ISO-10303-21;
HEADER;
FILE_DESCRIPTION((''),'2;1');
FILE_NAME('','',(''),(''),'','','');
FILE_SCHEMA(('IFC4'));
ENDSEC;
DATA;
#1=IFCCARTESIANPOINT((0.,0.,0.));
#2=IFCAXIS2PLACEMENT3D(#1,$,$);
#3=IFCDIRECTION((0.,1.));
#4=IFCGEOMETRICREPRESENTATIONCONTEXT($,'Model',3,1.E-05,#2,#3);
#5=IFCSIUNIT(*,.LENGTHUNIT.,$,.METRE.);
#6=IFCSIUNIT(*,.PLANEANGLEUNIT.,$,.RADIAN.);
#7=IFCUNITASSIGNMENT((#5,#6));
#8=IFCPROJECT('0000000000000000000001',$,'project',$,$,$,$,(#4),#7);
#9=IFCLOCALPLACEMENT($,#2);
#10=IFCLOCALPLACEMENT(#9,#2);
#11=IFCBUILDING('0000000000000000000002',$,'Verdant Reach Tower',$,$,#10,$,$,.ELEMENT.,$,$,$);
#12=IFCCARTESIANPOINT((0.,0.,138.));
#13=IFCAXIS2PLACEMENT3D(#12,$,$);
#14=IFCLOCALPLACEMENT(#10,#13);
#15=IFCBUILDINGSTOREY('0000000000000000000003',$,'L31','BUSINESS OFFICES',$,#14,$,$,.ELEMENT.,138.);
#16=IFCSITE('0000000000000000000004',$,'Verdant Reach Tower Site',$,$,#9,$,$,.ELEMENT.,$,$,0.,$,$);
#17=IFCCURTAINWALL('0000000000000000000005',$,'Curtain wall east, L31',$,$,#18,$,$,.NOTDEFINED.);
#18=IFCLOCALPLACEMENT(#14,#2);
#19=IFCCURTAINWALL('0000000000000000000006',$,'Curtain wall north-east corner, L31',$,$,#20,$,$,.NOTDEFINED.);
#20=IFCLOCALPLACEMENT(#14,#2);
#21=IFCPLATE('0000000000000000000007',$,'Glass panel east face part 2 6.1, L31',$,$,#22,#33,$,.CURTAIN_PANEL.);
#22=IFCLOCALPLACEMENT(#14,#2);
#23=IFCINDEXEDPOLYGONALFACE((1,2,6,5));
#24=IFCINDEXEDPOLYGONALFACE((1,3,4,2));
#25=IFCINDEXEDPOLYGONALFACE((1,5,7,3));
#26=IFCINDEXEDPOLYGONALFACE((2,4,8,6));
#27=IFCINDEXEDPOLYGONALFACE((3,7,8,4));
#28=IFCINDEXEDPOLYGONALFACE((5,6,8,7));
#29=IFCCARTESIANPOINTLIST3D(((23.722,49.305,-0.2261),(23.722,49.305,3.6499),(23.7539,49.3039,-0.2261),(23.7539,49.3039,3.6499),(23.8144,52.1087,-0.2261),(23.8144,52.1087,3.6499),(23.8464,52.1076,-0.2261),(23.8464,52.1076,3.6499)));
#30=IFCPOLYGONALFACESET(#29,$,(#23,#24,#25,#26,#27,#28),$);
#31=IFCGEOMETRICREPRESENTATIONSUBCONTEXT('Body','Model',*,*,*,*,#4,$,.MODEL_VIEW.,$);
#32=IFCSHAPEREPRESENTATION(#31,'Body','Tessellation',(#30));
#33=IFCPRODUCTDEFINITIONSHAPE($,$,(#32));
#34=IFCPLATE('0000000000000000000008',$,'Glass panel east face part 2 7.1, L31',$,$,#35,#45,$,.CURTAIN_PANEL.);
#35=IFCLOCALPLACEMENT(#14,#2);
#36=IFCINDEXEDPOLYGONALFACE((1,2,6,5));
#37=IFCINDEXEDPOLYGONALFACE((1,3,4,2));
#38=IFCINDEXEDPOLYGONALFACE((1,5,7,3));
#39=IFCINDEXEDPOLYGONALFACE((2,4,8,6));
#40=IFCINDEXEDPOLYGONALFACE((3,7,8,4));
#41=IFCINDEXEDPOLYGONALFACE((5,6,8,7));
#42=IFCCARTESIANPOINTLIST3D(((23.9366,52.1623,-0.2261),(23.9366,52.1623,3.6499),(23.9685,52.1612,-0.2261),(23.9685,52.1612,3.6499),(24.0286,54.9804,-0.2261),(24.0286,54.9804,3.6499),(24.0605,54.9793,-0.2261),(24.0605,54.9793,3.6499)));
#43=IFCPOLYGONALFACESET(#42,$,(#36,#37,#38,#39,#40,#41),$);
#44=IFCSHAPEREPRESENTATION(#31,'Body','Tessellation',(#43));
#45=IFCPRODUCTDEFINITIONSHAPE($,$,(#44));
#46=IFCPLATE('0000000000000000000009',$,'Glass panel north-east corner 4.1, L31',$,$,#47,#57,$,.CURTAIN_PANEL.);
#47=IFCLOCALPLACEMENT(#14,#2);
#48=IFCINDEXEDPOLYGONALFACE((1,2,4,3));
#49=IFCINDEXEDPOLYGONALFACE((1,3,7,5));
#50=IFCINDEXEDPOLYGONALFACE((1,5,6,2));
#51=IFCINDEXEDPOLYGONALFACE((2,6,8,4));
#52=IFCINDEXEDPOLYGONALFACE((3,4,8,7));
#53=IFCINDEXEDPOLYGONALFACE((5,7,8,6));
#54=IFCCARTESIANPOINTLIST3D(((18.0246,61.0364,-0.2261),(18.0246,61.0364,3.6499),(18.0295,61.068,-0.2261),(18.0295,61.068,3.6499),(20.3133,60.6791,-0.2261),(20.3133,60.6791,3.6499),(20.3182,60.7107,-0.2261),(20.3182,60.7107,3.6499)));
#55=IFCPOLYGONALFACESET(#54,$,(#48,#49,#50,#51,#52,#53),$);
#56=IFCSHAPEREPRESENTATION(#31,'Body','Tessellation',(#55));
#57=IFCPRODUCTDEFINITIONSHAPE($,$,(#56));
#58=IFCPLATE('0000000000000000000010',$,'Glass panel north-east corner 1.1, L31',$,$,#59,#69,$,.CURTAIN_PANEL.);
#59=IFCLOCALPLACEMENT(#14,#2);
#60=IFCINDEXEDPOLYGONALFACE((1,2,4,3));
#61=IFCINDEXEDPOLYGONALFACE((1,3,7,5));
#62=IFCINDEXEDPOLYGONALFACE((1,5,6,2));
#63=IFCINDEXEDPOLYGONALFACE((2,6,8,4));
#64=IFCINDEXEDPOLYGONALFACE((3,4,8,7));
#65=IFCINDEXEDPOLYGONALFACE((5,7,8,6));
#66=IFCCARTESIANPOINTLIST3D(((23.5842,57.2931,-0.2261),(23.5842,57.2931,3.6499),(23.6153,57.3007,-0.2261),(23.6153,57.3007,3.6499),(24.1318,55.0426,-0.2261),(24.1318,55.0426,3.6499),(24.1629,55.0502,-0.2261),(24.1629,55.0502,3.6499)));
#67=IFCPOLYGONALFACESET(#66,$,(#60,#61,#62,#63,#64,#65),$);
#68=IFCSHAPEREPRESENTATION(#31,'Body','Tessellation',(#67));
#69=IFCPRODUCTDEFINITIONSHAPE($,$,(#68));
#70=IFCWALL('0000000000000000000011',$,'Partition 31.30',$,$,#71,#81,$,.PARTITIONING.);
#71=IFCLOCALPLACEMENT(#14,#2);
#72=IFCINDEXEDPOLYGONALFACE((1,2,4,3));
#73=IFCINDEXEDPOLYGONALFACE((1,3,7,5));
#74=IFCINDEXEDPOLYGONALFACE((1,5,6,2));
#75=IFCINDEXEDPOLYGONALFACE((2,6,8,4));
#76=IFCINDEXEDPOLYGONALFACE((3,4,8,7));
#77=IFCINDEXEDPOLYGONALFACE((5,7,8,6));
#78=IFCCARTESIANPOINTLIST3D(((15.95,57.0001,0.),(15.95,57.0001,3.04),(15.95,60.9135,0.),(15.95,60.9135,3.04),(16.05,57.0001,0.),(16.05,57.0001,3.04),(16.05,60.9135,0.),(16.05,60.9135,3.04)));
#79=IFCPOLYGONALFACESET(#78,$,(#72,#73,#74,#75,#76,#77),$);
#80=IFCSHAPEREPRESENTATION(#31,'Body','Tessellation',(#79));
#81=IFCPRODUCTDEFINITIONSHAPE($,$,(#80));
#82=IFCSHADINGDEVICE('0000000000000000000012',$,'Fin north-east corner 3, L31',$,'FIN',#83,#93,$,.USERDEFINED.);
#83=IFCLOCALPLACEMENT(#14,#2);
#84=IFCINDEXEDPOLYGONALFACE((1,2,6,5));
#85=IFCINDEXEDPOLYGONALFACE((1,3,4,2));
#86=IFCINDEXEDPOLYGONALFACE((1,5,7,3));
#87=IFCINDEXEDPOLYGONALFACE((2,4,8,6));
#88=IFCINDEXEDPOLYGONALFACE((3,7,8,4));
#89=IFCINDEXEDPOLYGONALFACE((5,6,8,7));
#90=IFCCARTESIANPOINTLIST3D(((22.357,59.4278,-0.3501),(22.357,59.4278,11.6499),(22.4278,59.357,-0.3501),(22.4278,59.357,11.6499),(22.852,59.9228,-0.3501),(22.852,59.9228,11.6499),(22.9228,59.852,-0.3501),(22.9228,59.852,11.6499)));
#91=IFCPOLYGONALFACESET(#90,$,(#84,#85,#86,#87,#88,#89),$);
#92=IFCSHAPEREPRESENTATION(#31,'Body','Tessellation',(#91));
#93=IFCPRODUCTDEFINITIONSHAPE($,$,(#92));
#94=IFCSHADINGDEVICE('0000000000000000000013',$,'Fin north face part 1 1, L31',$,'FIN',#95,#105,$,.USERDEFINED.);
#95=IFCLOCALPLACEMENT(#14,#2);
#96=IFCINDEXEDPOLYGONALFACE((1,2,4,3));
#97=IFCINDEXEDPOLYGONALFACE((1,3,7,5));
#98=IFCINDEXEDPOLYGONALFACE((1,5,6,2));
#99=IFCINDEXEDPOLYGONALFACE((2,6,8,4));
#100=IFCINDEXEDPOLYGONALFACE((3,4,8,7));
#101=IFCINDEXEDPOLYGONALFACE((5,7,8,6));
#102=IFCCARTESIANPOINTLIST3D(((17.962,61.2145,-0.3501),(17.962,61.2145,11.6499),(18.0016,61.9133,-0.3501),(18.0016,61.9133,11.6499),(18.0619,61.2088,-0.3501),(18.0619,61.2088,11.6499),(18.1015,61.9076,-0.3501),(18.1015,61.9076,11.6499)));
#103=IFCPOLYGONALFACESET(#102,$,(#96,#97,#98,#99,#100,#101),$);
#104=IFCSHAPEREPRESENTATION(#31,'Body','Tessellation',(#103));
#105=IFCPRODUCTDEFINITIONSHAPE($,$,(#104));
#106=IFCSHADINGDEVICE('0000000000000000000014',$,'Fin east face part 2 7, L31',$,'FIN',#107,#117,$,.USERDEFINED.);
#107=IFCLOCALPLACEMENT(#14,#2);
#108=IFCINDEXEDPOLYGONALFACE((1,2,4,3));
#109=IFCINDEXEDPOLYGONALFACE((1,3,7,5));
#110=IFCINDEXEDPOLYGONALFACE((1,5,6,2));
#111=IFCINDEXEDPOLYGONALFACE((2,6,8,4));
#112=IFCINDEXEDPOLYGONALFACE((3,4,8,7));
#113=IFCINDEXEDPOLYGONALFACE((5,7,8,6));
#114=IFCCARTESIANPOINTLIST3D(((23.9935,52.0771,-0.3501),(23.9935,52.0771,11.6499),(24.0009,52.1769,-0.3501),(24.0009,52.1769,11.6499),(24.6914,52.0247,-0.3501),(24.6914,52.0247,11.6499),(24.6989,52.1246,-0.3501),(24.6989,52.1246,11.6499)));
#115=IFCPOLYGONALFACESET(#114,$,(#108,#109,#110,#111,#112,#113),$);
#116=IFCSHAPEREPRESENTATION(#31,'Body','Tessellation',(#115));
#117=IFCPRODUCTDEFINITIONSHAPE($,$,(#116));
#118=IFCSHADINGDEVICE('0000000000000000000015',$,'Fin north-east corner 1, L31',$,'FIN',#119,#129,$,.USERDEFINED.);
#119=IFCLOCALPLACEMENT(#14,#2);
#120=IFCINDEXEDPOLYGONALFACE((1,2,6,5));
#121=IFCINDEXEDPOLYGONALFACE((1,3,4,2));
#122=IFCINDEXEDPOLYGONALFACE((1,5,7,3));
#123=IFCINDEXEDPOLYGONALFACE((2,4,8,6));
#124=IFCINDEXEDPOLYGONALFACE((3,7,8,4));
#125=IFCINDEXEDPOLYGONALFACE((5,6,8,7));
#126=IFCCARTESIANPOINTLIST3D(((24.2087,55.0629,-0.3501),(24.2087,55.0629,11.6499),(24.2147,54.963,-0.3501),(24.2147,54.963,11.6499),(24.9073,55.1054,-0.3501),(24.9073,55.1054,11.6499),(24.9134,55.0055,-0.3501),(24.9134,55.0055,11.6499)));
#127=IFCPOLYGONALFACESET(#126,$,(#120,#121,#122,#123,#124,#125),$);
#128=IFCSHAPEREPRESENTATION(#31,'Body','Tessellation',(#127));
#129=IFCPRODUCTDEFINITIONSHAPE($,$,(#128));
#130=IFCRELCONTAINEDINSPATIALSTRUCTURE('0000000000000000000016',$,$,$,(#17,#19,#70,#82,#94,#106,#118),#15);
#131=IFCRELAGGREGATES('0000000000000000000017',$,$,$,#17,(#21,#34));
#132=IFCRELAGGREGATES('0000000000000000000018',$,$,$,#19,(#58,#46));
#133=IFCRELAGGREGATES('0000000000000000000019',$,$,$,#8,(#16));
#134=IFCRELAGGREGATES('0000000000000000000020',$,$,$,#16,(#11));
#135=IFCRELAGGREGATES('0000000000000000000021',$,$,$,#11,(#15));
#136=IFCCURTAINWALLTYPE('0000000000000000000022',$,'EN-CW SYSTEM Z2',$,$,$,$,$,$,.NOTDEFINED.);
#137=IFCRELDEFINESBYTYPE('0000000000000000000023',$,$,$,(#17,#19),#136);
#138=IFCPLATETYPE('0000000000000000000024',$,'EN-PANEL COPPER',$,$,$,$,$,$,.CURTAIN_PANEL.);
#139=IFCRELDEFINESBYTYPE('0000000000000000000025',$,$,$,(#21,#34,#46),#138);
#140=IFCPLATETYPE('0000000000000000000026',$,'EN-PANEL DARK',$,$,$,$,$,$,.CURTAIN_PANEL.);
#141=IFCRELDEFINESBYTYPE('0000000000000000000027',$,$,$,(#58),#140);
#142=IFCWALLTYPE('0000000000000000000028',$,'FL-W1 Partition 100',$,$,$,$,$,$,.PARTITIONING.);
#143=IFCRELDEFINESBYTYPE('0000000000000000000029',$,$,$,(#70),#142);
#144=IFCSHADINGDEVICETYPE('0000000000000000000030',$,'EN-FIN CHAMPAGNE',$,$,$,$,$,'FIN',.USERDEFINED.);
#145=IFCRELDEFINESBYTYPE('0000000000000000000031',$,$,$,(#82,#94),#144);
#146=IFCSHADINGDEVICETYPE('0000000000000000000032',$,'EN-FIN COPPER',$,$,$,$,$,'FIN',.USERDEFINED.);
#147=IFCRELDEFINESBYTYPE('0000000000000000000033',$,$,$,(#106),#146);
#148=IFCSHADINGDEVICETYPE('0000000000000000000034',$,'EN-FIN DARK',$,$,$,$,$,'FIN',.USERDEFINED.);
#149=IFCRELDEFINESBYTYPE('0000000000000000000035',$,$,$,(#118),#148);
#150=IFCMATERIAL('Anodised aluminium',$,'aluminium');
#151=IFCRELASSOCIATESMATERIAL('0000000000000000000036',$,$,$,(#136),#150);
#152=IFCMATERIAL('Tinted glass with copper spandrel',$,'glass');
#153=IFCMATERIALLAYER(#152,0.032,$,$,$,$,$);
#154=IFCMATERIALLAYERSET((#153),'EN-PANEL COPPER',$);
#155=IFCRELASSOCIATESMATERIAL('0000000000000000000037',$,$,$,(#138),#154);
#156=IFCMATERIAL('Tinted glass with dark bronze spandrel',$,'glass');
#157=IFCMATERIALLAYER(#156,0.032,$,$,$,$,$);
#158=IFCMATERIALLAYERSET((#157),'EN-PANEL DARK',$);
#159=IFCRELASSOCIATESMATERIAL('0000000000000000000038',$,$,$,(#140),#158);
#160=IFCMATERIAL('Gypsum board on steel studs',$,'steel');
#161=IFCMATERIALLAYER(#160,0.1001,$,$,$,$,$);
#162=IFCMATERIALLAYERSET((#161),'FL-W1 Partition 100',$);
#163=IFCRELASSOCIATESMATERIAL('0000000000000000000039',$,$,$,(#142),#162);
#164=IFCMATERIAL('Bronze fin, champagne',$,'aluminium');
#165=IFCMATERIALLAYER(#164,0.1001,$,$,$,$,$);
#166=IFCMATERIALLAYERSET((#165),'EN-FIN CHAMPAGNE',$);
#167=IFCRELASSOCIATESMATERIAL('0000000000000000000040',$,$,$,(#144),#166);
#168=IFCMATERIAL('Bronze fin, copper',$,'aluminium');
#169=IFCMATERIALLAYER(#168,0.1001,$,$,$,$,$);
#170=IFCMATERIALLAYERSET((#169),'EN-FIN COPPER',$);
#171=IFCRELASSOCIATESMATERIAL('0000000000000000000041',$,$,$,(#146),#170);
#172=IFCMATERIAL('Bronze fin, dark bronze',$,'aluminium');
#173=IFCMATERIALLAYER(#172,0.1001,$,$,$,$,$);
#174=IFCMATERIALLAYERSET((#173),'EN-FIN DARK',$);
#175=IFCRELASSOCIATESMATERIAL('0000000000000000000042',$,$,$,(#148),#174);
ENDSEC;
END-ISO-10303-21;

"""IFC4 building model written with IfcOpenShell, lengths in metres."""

from ifc_helpers import new_model, si_unit, direction, frame, frame_2d, origin, origin_2d, place, context, subcontext, project, spatial, rectangle, extrude, material, layer, layer_set, type_object, element, aggregate, save


model = new_model("IFC4")

# Units and contexts
model_context = context("Model", 3, precision=1e-05, world=origin(), true_north=direction((0.0, 1.0)))
body_context = subcontext(model_context, "Body", "Model", "MODEL_VIEW")
ifc_project = project(units=[si_unit("LENGTHUNIT", "METRE"), si_unit("PLANEANGLEUNIT", "RADIAN")], contexts=[model_context])

# Site, building, storey
site_placement = place(None, origin())
site = spatial("IfcSite", under=ifc_project, at=site_placement, Name="Verdant Reach Tower Site", CompositionType="ELEMENT", RefElevation=0.0)
building_placement = place(site_placement, origin())
building = spatial("IfcBuilding", under=site, at=building_placement, Name="Verdant Reach Tower", CompositionType="ELEMENT")
storey_placement = place(building_placement, frame((0.0, 0.0, 138.0)))
storey = spatial("IfcBuildingStorey", under=building, at=storey_placement, Name="L31", Description="BUSINESS OFFICES", CompositionType="ELEMENT", Elevation=138.0)

# Curtain wall
ifc_material_1 = material(Name="Anodised aluminium", Category="aluminium")
curtain_wall_type = type_object("IfcCurtainWallType", Name="EN-CW SYSTEM Z2", PredefinedType="NOTDEFINED", material=ifc_material_1)
curtain_wall_1_placement = place(storey_placement, origin())
curtain_wall_1 = element("IfcCurtainWall", 1, at=curtain_wall_1_placement, inside=storey, type_object=curtain_wall_type, Name="Curtain wall east, L31", PredefinedType="NOTDEFINED")

# Curtain wall
curtain_wall_2_placement = place(storey_placement, origin())
curtain_wall_2 = element("IfcCurtainWall", 2, at=curtain_wall_2_placement, inside=storey, type_object=curtain_wall_type, Name="Curtain wall north-east corner, L31", PredefinedType="NOTDEFINED")

# Plates
ifc_material_2 = material(Name="Tinted glass with copper spandrel", Category="glass")
ifc_layer_1 = layer(ifc_material_2, 0.032)
ifc_layer_set_1 = layer_set([ifc_layer_1], Name="EN-PANEL COPPER")
plate_type_1 = type_object("IfcPlateType", Name="EN-PANEL COPPER", PredefinedType="CURTAIN_PANEL", material=ifc_layer_set_1)
plate_1_placement = place(storey_placement, frame((23.7842, 50.7063, -0.2261), z_axis=(0.0, 0.0, 1.0), x_axis=(0.032966, 0.999456, 0.0)))
plate_1 = element("IfcPlate", 3, at=plate_1_placement, type_object=plate_type_1, Name="Glass panel east face part 2 6.1, L31", PredefinedType="CURTAIN_PANEL", context=body_context, shape_type="SweptSolid", body=[
    extrude(rectangle(XDim=2.8052, YDim=0.032, at=origin_2d()), origin(), (0.0, 0.0, 1.0), 3.876),
])
plate_2_placement = place(storey_placement, frame((23.9985, 53.5708, -0.2261), z_axis=(0.0, 0.0, 1.0), x_axis=(0.032628, 0.999468, 0.0)))
plate_2 = element("IfcPlate", 4, at=plate_2_placement, type_object=plate_type_1, Name="Glass panel east face part 2 7.1, L31", PredefinedType="CURTAIN_PANEL", context=body_context, shape_type="SweptSolid", body=[
    extrude(rectangle(XDim=2.8196, YDim=0.032, at=origin_2d()), origin(), (0.0, 0.0, 1.0), 3.876),
])
aggregate(curtain_wall_1, [plate_1, plate_2])
plate_3_placement = place(storey_placement, frame((19.1714, 60.8735, -0.2261), z_axis=(0.0, 0.0, 1.0), x_axis=(-0.988031, 0.154256, 0.0)))
plate_3 = element("IfcPlate", 5, at=plate_3_placement, type_object=plate_type_1, Name="Glass panel north-east corner 4.1, L31", PredefinedType="CURTAIN_PANEL", context=body_context, shape_type="SweptSolid", body=[
    extrude(rectangle(XDim=2.3164, YDim=0.032, at=origin_2d()), origin(), (0.0, 0.0, 1.0), 3.876),
])
ifc_material_3 = material(Name="Tinted glass with dark bronze spandrel", Category="glass")
ifc_layer_2 = layer(ifc_material_3, 0.032)
ifc_layer_set_2 = layer_set([ifc_layer_2], Name="EN-PANEL DARK")
plate_type_2 = type_object("IfcPlateType", Name="EN-PANEL DARK", PredefinedType="CURTAIN_PANEL", material=ifc_layer_set_2)
plate_4_placement = place(storey_placement, frame((23.8735, 56.1716, -0.2261), z_axis=(0.0, 0.0, 1.0), x_axis=(-0.236416, 0.971652, 0.0)))
plate_4 = element("IfcPlate", 6, at=plate_4_placement, type_object=plate_type_2, Name="Glass panel north-east corner 1.1, L31", PredefinedType="CURTAIN_PANEL", context=body_context, shape_type="SweptSolid", body=[
    extrude(rectangle(XDim=2.3162, YDim=0.032, at=origin_2d()), origin(), (0.0, 0.0, 1.0), 3.876),
])
aggregate(curtain_wall_2, [plate_4, plate_3])

# Wall
ifc_material_4 = material(Name="Gypsum board on steel studs", Category="steel")
ifc_layer_3 = layer(ifc_material_4, 0.1001)
ifc_layer_set_3 = layer_set([ifc_layer_3], Name="FL-W1 Partition 100")
wall_type = type_object("IfcWallType", Name="FL-W1 Partition 100", PredefinedType="PARTITIONING", material=ifc_layer_set_3)
wall_placement = place(storey_placement, frame((16.0, 60.9133, 0.0), z_axis=(0.0, 0.0, 1.0), x_axis=(0.0, -1.0, 0.0)))
element("IfcWall", 7, at=wall_placement, inside=storey, type_object=wall_type, Name="Partition 31.30", PredefinedType="PARTITIONING", context=body_context, shape_type="SweptSolid", body=[
    extrude(rectangle(XDim=3.9133, YDim=0.1001, at=frame_2d((1.9565, 0.0))), origin(), (0.0, 0.0, 1.0), 3.04),
])

# Shading devices
ifc_material_5 = material(Name="Bronze fin, champagne", Category="aluminium")
ifc_layer_4 = layer(ifc_material_5, 0.1001)
ifc_layer_set_4 = layer_set([ifc_layer_4], Name="EN-FIN CHAMPAGNE")
shading_device_type_1 = type_object("IfcShadingDeviceType", Name="EN-FIN CHAMPAGNE", ElementType="FIN", PredefinedType="USERDEFINED", material=ifc_layer_set_4)
for number, where, z_axis, x_axis, name in (
    (8, (22.6399, 59.6399, -0.3501), (0.0, 0.0, 1.0), (-0.707107, 0.707107, 0.0), "Fin north-east corner 3, L31"),
    (9, (18.0317, 61.561, -0.3501), (0.0, 0.0, 1.0), (-0.998399, 0.056569, 0.0), "Fin north face part 1 1, L31"),
):
    element("IfcShadingDevice", number, at=place(storey_placement, frame(where, z_axis=z_axis, x_axis=x_axis)), inside=storey, type_object=shading_device_type_1, Name=name, ObjectType="FIN", PredefinedType="USERDEFINED", context=body_context, shape_type="SweptSolid", body=[
        extrude(rectangle(XDim=0.1001, YDim=0.7, at=origin_2d()), origin(), (0.0, 0.0, 1.0), 12.0),
    ])
ifc_material_6 = material(Name="Bronze fin, copper", Category="aluminium")
ifc_layer_5 = layer(ifc_material_6, 0.1001)
ifc_layer_set_5 = layer_set([ifc_layer_5], Name="EN-FIN COPPER")
shading_device_type_2 = type_object("IfcShadingDeviceType", Name="EN-FIN COPPER", ElementType="FIN", PredefinedType="USERDEFINED", material=ifc_layer_set_5)
shading_device_1_placement = place(storey_placement, frame((24.3462, 52.1008, -0.3501), z_axis=(0.0, 0.0, 1.0), x_axis=(0.07479, 0.997199, 0.0)))
element("IfcShadingDevice", 10, at=shading_device_1_placement, inside=storey, type_object=shading_device_type_2, Name="Fin east face part 2 7, L31", ObjectType="FIN", PredefinedType="USERDEFINED", context=body_context, shape_type="SweptSolid", body=[
    extrude(rectangle(XDim=0.1001, YDim=0.7, at=origin_2d()), origin(), (0.0, 0.0, 1.0), 12.0),
])
ifc_material_7 = material(Name="Bronze fin, dark bronze", Category="aluminium")
ifc_layer_6 = layer(ifc_material_7, 0.1001)
ifc_layer_set_6 = layer_set([ifc_layer_6], Name="EN-FIN DARK")
shading_device_type_3 = type_object("IfcShadingDeviceType", Name="EN-FIN DARK", ElementType="FIN", PredefinedType="USERDEFINED", material=ifc_layer_set_6)
shading_device_2_placement = place(storey_placement, frame((24.561, 55.0342, -0.3501), z_axis=(0.0, 0.0, 1.0), x_axis=(-0.060703, 0.998156, 0.0)))
element("IfcShadingDevice", 11, at=shading_device_2_placement, inside=storey, type_object=shading_device_type_3, Name="Fin north-east corner 1, L31", ObjectType="FIN", PredefinedType="USERDEFINED", context=body_context, shape_type="SweptSolid", body=[
    extrude(rectangle(XDim=0.1001, YDim=0.7, at=origin_2d()), origin(), (0.0, 0.0, 1.0), 12.0),
])

save(model, "model.ifc")
